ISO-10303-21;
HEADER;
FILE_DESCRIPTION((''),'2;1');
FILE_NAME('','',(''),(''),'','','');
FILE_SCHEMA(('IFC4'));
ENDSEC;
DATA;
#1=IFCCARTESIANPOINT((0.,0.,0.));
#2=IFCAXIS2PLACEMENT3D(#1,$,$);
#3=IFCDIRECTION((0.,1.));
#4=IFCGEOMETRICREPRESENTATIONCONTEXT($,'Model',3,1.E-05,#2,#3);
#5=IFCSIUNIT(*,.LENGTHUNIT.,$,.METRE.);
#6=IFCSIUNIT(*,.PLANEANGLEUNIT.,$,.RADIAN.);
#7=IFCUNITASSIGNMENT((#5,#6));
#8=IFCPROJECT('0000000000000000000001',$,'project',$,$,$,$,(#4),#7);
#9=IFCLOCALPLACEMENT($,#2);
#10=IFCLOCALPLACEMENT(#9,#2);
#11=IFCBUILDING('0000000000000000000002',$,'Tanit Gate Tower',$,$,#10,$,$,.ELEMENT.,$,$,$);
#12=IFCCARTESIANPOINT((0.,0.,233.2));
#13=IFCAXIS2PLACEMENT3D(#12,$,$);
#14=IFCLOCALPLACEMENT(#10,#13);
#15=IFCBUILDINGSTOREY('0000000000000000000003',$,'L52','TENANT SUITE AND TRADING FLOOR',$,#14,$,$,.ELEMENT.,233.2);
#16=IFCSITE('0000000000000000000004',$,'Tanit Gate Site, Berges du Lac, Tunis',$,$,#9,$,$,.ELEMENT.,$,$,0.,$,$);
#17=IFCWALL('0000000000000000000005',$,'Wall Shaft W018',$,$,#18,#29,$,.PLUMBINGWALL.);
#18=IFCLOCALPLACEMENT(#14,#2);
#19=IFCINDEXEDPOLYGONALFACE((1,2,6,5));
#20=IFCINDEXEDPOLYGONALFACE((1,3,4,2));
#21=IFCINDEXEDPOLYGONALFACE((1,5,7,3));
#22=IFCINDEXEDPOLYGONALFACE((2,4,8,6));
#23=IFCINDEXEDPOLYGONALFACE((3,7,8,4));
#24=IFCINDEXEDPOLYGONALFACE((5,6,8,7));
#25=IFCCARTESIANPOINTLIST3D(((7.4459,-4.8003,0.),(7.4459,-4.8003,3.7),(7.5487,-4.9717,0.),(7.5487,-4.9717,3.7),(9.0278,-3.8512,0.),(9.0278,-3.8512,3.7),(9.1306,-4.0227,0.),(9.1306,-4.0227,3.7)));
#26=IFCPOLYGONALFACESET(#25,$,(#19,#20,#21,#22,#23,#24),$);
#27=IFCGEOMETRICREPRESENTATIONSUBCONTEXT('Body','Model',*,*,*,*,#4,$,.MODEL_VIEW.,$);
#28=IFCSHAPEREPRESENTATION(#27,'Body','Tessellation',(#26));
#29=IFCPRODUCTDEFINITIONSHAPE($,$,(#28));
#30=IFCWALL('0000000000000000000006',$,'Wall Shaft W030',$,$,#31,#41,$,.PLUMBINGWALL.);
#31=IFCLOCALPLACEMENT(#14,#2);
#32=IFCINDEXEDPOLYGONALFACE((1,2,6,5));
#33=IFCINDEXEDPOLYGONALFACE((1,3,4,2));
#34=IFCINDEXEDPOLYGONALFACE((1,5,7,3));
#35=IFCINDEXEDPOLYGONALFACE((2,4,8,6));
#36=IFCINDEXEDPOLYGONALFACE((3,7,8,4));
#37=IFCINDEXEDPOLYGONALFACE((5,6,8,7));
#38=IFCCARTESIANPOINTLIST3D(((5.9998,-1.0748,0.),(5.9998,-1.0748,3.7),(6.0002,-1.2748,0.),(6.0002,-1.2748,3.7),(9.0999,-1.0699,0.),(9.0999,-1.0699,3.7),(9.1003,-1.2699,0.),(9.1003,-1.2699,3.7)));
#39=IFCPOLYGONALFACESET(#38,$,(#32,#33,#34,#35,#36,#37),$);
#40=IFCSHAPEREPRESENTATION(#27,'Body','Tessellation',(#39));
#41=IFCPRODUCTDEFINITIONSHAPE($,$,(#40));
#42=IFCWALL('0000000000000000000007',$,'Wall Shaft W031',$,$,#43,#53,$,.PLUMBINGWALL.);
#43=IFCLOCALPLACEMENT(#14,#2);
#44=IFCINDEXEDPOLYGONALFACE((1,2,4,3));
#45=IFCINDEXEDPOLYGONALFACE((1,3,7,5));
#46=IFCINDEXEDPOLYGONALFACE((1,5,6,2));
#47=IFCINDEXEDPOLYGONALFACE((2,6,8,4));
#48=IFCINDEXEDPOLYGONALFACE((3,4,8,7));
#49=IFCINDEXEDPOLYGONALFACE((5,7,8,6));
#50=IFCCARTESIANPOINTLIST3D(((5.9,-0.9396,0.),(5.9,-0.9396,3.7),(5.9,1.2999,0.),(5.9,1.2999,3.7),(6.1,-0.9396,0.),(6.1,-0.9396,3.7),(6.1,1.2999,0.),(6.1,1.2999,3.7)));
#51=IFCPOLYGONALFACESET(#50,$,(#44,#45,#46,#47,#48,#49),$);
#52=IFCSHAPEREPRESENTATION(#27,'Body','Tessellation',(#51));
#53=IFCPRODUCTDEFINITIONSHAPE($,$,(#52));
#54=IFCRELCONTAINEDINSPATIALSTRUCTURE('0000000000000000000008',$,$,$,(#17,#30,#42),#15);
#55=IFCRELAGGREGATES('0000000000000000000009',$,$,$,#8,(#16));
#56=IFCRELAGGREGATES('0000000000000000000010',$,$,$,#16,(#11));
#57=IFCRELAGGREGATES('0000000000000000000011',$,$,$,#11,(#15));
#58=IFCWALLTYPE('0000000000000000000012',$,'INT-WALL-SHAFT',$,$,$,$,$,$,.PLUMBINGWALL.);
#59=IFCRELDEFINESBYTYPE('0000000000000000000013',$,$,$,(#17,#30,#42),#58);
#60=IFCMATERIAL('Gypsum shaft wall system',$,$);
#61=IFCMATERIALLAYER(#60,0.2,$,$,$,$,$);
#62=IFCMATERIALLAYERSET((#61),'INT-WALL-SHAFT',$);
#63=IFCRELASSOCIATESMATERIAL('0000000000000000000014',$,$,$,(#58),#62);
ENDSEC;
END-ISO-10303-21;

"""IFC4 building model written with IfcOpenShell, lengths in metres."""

from ifc_helpers import new_model, si_unit, direction, frame, frame_2d, origin, place, context, subcontext, project, spatial, rectangle, extrude, material, layer, layer_set, type_object, element, save


model = new_model("IFC4")

# Units and contexts
model_context = context("Model", 3, precision=1e-05, world=origin(), true_north=direction((0.0, 1.0)))
body_context = subcontext(model_context, "Body", "Model", "MODEL_VIEW")
ifc_project = project(units=[si_unit("LENGTHUNIT", "METRE"), si_unit("PLANEANGLEUNIT", "RADIAN")], contexts=[model_context])

# Site, building, storey
site_placement = place(None, origin())
site = spatial("IfcSite", under=ifc_project, at=site_placement, Name="Tanit Gate Site, Berges du Lac, Tunis", CompositionType="ELEMENT", RefElevation=0.0)
building_placement = place(site_placement, origin())
building = spatial("IfcBuilding", under=site, at=building_placement, Name="Tanit Gate Tower", CompositionType="ELEMENT")
storey_placement = place(building_placement, frame((0.0, 0.0, 233.2)))
storey = spatial("IfcBuildingStorey", under=building, at=storey_placement, Name="L52", Description="TENANT SUITE AND TRADING FLOOR", CompositionType="ELEMENT", Elevation=233.2)

# Walls
ifc_material_1 = material(Name="Gypsum shaft wall system")
ifc_layer_1 = layer(ifc_material_1, 0.2)
ifc_layer_set_1 = layer_set([ifc_layer_1], Name="INT-WALL-SHAFT")
wall_type_1 = type_object("IfcWallType", Name="INT-WALL-SHAFT", PredefinedType="PLUMBINGWALL", material=ifc_layer_set_1)
wall_1_placement = place(storey_placement, frame((7.4973, -4.886, 0.0), z_axis=(0.0, 0.0, 1.0), x_axis=(0.857516, 0.514457, 0.0)))
element("IfcWall", 1, at=wall_1_placement, inside=storey, type_object=wall_type_1, Name="Wall Shaft W018", PredefinedType="PLUMBINGWALL", context=body_context, shape_type="SweptSolid", body=[
    extrude(rectangle(XDim=1.8447, YDim=0.2, at=frame_2d((0.9224, 0.0))), origin(), (0.0, 0.0, 1.0), 3.7),
])
wall_2_placement = place(storey_placement, frame((9.1001, -1.1699, 0.0), z_axis=(0.0, 0.0, 1.0), x_axis=(-0.999999, -0.001575, 0.0)))
element("IfcWall", 2, at=wall_2_placement, inside=storey, type_object=wall_type_1, Name="Wall Shaft W030", PredefinedType="PLUMBINGWALL", context=body_context, shape_type="SweptSolid", body=[
    extrude(rectangle(XDim=3.1001, YDim=0.2, at=frame_2d((1.55, 0.0))), origin(), (0.0, 0.0, 1.0), 3.7),
])
wall_3_placement = place(storey_placement, frame((6.0, -0.9395, 0.0), z_axis=(0.0, 0.0, 1.0), x_axis=(0.0, 1.0, 0.0)))
element("IfcWall", 3, at=wall_3_placement, inside=storey, type_object=wall_type_1, Name="Wall Shaft W031", PredefinedType="PLUMBINGWALL", context=body_context, shape_type="SweptSolid", body=[
    extrude(rectangle(XDim=2.2395, YDim=0.2, at=frame_2d((1.1196, 0.0))), origin(), (0.0, 0.0, 1.0), 3.7),
])

save(model, "model.ifc")
